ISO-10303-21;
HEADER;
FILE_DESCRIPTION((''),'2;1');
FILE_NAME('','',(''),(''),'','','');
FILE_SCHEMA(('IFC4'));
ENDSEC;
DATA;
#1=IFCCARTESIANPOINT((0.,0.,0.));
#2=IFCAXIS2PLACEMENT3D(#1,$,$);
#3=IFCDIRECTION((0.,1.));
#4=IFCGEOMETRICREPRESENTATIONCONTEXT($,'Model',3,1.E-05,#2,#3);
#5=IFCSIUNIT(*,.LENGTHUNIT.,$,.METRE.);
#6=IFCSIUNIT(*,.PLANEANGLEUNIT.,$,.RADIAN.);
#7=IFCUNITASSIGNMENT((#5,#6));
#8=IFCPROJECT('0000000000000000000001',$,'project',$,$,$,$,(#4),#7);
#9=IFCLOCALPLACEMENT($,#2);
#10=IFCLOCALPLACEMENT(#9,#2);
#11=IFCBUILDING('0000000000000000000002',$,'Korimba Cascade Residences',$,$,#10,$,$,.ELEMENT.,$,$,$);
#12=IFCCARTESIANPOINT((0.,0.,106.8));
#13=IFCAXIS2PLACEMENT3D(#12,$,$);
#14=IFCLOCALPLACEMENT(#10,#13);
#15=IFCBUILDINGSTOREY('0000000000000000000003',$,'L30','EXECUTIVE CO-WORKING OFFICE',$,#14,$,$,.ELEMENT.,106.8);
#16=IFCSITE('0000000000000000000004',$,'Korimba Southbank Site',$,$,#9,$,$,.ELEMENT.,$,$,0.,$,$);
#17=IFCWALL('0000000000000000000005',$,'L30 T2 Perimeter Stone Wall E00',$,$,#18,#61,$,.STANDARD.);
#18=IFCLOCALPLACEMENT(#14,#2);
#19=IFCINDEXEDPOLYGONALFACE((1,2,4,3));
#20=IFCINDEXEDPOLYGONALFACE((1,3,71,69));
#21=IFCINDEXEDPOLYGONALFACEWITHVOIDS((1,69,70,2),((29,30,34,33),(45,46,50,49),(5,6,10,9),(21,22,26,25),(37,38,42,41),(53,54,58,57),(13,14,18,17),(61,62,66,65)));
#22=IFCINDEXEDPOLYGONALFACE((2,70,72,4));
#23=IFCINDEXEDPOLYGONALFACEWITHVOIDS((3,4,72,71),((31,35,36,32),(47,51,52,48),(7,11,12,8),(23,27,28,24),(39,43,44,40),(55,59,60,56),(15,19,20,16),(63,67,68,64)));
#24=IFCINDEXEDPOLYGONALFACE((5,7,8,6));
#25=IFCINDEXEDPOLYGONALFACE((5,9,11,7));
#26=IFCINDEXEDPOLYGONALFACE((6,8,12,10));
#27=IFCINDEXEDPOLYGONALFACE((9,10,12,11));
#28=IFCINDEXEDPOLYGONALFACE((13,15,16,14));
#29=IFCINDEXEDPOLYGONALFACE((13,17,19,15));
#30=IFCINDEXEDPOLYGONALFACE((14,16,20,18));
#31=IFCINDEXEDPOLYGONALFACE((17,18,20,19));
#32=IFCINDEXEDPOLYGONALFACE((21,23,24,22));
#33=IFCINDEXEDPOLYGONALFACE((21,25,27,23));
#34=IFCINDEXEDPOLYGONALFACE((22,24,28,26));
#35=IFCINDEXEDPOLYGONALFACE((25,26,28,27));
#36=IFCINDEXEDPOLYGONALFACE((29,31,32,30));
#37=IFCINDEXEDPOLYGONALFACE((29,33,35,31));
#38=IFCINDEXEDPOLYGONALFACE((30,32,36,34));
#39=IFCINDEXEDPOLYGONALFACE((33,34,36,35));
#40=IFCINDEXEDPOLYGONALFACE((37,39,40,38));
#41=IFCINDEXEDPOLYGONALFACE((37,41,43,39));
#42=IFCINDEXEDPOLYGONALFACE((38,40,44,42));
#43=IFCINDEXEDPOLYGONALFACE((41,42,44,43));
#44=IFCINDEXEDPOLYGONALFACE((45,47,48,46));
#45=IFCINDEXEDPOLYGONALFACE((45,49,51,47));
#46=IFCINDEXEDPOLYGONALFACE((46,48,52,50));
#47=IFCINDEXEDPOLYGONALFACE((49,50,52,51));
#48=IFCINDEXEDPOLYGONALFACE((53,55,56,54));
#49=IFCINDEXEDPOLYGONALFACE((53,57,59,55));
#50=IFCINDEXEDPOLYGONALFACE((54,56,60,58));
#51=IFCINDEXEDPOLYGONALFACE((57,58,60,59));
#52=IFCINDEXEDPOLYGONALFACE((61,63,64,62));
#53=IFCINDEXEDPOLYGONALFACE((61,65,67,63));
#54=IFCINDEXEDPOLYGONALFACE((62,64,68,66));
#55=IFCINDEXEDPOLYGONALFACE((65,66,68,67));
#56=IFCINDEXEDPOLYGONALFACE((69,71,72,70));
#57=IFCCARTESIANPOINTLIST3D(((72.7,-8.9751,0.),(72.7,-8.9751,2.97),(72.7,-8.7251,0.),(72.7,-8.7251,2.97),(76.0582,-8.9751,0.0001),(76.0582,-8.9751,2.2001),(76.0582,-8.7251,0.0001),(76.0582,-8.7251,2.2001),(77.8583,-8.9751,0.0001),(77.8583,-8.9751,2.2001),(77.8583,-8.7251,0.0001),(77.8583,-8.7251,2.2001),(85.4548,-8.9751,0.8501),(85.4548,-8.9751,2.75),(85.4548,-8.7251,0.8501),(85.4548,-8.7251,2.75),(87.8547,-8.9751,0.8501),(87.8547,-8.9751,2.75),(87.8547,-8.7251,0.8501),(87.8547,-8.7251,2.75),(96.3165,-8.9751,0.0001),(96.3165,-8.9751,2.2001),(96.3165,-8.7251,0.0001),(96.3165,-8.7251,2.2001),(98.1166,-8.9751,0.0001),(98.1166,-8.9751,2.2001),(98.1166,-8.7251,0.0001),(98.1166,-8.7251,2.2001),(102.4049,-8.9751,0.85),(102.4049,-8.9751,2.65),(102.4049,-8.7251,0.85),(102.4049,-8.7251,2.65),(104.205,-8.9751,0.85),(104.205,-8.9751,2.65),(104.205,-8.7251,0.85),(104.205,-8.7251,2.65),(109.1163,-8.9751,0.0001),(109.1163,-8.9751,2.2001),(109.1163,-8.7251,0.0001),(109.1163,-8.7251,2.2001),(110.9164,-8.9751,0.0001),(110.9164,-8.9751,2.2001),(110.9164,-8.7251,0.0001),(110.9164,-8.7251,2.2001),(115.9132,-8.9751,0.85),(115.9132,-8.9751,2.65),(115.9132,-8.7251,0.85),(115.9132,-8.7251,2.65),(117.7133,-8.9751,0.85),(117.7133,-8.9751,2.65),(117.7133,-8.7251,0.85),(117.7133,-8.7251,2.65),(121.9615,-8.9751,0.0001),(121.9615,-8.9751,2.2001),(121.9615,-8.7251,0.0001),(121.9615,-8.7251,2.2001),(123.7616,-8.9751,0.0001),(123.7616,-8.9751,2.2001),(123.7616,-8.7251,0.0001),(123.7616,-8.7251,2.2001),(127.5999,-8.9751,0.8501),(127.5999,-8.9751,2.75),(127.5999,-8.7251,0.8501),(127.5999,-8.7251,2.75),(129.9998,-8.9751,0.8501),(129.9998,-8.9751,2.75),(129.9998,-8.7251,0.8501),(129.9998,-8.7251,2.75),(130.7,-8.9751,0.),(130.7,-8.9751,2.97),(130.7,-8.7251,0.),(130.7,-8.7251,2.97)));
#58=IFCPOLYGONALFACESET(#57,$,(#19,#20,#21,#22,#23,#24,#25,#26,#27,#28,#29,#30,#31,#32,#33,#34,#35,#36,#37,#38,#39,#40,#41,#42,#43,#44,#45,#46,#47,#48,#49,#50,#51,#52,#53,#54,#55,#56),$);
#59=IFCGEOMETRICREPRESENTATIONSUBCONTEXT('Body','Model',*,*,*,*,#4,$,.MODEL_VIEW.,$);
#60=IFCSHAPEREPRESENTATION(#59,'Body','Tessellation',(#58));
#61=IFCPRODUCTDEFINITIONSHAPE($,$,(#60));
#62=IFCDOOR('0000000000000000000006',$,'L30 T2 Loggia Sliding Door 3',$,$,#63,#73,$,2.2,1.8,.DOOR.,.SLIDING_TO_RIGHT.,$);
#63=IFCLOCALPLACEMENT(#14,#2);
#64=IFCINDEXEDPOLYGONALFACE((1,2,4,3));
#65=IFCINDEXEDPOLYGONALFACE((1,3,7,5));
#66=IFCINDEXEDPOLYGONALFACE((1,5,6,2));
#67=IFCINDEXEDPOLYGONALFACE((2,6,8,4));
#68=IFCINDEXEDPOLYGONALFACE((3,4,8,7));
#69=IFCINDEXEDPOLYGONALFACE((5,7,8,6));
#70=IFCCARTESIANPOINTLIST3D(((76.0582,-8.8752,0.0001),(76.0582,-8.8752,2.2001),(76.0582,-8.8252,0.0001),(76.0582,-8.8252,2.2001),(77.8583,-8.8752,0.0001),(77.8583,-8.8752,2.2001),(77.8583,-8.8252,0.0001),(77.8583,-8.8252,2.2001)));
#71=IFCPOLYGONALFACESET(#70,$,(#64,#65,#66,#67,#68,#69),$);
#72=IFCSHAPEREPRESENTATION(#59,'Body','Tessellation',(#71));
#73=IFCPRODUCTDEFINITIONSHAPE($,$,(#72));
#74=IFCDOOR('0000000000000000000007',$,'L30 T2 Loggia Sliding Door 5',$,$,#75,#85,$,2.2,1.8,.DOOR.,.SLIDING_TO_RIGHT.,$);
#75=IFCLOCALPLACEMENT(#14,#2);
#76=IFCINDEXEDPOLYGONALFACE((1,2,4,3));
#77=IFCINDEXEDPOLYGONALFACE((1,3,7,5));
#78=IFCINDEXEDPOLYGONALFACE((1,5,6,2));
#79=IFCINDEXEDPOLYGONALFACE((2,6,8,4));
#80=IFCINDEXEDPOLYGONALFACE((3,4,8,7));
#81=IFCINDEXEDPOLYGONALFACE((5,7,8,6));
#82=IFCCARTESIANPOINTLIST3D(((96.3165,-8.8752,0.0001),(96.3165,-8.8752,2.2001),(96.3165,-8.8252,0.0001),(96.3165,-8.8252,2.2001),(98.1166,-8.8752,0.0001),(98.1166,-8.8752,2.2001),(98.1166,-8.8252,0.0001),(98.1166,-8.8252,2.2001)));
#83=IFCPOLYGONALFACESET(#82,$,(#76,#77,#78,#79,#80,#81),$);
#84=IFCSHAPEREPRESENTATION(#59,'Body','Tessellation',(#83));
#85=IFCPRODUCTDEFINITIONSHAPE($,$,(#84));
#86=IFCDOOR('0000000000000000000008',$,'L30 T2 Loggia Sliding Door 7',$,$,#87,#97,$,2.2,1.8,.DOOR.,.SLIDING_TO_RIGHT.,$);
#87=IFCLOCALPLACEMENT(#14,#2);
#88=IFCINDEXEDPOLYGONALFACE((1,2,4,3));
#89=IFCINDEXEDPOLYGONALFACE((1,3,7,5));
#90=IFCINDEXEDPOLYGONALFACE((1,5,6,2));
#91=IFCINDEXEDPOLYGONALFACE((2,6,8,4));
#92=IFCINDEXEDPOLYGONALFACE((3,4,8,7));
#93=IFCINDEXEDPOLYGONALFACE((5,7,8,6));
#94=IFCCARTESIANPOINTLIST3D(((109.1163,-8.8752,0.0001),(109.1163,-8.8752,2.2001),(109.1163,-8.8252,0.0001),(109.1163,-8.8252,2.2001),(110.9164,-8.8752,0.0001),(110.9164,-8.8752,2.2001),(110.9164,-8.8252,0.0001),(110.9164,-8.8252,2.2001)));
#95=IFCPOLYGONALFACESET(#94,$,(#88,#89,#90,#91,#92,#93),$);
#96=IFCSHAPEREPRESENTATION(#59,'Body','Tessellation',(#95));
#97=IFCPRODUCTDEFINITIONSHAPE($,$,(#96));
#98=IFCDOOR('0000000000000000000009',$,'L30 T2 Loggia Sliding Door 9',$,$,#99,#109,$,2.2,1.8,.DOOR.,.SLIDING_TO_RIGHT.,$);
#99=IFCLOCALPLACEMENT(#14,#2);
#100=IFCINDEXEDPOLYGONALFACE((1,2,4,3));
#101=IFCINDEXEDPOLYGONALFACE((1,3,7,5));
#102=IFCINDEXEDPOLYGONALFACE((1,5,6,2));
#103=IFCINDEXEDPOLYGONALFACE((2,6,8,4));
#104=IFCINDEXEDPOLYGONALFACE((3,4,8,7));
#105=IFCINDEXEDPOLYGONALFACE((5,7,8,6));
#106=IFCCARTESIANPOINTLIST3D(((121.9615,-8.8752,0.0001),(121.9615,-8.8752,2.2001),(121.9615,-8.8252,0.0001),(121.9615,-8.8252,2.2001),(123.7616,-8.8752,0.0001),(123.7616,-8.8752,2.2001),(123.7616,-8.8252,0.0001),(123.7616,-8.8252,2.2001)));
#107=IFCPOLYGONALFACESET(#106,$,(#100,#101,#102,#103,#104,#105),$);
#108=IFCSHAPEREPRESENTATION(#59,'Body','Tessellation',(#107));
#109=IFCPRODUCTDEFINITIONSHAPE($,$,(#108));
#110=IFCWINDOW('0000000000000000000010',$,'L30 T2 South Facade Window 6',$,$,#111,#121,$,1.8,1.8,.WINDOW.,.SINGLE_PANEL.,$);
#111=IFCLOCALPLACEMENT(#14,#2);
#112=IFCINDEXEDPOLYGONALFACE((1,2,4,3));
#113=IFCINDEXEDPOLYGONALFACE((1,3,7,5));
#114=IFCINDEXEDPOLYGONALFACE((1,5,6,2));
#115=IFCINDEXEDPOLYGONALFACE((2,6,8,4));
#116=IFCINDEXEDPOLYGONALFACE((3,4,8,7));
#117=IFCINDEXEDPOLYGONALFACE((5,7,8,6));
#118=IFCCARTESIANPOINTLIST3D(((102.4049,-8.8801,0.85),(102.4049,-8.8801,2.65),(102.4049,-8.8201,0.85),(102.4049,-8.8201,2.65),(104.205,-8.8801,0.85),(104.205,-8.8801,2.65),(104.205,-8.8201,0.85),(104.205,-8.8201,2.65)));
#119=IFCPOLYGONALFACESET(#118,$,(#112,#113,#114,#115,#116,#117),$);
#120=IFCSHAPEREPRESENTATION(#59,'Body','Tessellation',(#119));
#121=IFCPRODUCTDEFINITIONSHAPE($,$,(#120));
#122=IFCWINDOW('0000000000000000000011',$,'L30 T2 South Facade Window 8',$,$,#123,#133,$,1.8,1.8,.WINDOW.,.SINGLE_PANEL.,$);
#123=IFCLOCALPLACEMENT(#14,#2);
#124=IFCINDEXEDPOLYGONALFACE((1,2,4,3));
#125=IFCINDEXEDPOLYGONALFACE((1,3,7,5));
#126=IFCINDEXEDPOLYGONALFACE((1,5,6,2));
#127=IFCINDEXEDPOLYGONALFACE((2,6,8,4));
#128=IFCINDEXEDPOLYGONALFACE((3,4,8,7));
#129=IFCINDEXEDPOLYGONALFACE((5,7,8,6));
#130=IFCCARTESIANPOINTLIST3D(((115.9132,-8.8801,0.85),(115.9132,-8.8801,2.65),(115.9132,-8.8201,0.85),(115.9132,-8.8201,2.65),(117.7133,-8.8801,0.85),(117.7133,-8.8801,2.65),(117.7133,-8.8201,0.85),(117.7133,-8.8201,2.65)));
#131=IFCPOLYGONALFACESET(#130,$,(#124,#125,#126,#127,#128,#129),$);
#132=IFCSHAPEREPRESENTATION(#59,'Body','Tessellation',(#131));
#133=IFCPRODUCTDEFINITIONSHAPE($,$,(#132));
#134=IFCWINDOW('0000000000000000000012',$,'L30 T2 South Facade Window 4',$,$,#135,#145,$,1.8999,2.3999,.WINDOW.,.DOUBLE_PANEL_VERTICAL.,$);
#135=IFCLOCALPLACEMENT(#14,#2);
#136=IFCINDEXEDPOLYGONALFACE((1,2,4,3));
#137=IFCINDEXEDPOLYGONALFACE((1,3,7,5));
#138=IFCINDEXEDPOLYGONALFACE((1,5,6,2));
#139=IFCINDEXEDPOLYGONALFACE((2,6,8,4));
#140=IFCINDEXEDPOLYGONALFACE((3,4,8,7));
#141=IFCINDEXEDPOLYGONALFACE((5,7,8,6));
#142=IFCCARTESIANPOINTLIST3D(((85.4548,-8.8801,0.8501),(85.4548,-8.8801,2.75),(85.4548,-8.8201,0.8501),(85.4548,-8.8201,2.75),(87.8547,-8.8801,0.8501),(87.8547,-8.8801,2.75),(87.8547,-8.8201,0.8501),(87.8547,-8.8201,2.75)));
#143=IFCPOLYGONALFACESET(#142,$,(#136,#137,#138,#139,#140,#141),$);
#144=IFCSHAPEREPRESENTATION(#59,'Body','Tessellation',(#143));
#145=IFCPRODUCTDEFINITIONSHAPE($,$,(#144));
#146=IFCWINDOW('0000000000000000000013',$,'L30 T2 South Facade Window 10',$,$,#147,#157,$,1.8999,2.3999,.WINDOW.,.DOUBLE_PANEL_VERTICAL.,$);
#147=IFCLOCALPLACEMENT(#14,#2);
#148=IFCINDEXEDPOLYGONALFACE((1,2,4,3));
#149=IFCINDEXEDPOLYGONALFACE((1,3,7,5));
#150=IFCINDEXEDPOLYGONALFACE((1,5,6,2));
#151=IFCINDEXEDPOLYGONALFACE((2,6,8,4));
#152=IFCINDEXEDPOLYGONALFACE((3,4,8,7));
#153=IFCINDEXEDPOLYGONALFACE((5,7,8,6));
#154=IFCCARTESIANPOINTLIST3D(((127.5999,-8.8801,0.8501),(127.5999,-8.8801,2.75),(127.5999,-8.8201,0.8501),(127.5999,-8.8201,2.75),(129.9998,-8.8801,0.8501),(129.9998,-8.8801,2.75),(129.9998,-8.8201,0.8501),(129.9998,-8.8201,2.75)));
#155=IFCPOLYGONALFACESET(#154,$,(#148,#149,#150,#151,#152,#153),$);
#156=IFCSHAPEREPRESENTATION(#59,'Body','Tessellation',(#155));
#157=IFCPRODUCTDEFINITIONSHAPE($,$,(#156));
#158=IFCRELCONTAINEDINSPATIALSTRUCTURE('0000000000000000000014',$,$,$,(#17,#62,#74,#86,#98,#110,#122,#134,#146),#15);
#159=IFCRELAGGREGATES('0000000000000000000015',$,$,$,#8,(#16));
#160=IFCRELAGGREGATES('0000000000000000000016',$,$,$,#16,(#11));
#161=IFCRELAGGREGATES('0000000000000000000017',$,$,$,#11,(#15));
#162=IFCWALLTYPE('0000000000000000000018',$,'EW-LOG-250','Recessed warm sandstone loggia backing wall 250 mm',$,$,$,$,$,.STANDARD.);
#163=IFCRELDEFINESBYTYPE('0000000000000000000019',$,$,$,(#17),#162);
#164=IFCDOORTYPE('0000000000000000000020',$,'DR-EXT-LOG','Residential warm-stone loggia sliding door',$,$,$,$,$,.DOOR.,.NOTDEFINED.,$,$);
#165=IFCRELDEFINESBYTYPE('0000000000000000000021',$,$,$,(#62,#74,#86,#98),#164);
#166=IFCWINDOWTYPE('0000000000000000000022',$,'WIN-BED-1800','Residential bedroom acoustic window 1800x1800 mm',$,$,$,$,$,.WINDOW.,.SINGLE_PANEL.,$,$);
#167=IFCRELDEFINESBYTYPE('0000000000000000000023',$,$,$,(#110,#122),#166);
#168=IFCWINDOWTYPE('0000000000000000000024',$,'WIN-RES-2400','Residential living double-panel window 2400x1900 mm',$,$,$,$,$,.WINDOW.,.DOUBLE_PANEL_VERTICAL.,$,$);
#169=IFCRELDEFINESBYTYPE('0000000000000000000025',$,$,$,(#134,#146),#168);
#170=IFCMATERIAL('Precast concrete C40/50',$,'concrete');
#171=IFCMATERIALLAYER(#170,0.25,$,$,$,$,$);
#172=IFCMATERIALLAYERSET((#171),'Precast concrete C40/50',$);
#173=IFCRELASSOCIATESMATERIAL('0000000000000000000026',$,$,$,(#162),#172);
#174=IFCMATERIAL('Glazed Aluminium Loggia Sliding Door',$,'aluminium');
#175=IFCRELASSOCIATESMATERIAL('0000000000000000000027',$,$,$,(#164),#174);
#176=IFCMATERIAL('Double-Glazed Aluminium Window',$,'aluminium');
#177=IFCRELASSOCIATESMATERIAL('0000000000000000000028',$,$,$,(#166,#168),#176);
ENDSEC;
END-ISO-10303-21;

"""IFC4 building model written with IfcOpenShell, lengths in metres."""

from ifc_helpers import new_model, si_unit, direction, frame, frame_2d, origin, place, context, subcontext, project, spatial, rectangle, extrude, material, layer, layer_set, type_object, element, fill, save


model = new_model("IFC4")

# Units and contexts
model_context = context("Model", 3, precision=1e-05, world=origin(), true_north=direction((0.0, 1.0)))
body_context = subcontext(model_context, "Body", "Model", "MODEL_VIEW")
ifc_project = project(units=[si_unit("LENGTHUNIT", "METRE"), si_unit("PLANEANGLEUNIT", "RADIAN")], contexts=[model_context])

# Site, building, storey
site_placement = place(None, origin())
site = spatial("IfcSite", under=ifc_project, at=site_placement, Name="Korimba Southbank Site", CompositionType="ELEMENT", RefElevation=0.0)
building_placement = place(site_placement, origin())
building = spatial("IfcBuilding", under=site, at=building_placement, Name="Korimba Cascade Residences", CompositionType="ELEMENT")
storey_placement = place(building_placement, frame((0.0, 0.0, 106.8)))
storey = spatial("IfcBuildingStorey", under=building, at=storey_placement, Name="L30", Description="EXECUTIVE CO-WORKING OFFICE", CompositionType="ELEMENT", Elevation=106.8)

# Wall, openings, doors, windows
ifc_material_1 = material(Name="Precast concrete C40/50", Category="concrete")
ifc_layer_1 = layer(ifc_material_1, 0.25)
ifc_layer_set_1 = layer_set([ifc_layer_1], Name="Precast concrete C40/50")
wall_type_1 = type_object("IfcWallType", Name="EW-LOG-250", Description="Recessed warm sandstone loggia backing wall 250 mm", PredefinedType="STANDARD", material=ifc_layer_set_1)
wall_1_placement = place(storey_placement, frame((72.7, -8.8501, 0.0), z_axis=(0.0, 0.0, 1.0), x_axis=(1.0, 0.0, 0.0)))
wall_1 = element("IfcWall", 1, at=wall_1_placement, inside=storey, type_object=wall_type_1, Name="L30 T2 Perimeter Stone Wall E00", PredefinedType="STANDARD", context=body_context, shape_type="SweptSolid", body=[
    extrude(rectangle(XDim=58.0, YDim=0.25, at=frame_2d((29.0, 0.0))), origin(), (0.0, 0.0, 1.0), 2.97),
])
opening_1_placement = place(wall_1_placement, frame((3.3584, 0.0, 0.0)))
opening_1 = element("IfcOpeningElement", 2, at=opening_1_placement, cuts=wall_1, PredefinedType="OPENING", context=body_context, shape_type="SweptSolid", body=[
    extrude(rectangle(XDim=1.8, YDim=2.2, at=frame_2d((0.8999, 1.1001))), frame((0.0, 0.135, 0.0), z_axis=(0.0, -1.0, 0.0), x_axis=(1.0, 0.0, 0.0)), (0.0, 0.0, 1.0), 0.27),
])
opening_2_placement = place(wall_1_placement, frame((12.7549, 0.0, 0.8501)))
opening_2 = element("IfcOpeningElement", 3, at=opening_2_placement, cuts=wall_1, PredefinedType="OPENING", context=body_context, shape_type="SweptSolid", body=[
    extrude(rectangle(XDim=2.3999, YDim=1.8999, at=frame_2d((1.2, 0.95))), frame((0.0, 0.135, 0.0), z_axis=(0.0, -1.0, 0.0), x_axis=(1.0, 0.0, 0.0)), (0.0, 0.0, 1.0), 0.27),
])
opening_3_placement = place(wall_1_placement, frame((23.6167, 0.0, 0.0)))
opening_3 = element("IfcOpeningElement", 4, at=opening_3_placement, cuts=wall_1, PredefinedType="OPENING", context=body_context, shape_type="SweptSolid", body=[
    extrude(rectangle(XDim=1.8, YDim=2.2, at=frame_2d((0.8999, 1.1001))), frame((0.0, 0.135, 0.0), z_axis=(0.0, -1.0, 0.0), x_axis=(1.0, 0.0, 0.0)), (0.0, 0.0, 1.0), 0.27),
])
opening_4_placement = place(wall_1_placement, frame((29.7051, 0.0, 0.8501)))
opening_4 = element("IfcOpeningElement", 5, at=opening_4_placement, cuts=wall_1, PredefinedType="OPENING", context=body_context, shape_type="SweptSolid", body=[
    extrude(rectangle(XDim=1.8, YDim=1.8, at=frame_2d((0.8999, 0.8999))), frame((0.0, 0.135, 0.0), z_axis=(0.0, -1.0, 0.0), x_axis=(1.0, 0.0, 0.0)), (0.0, 0.0, 1.0), 0.27),
])
opening_5_placement = place(wall_1_placement, frame((36.4165, 0.0, 0.0)))
opening_5 = element("IfcOpeningElement", 6, at=opening_5_placement, cuts=wall_1, PredefinedType="OPENING", context=body_context, shape_type="SweptSolid", body=[
    extrude(rectangle(XDim=1.8, YDim=2.2, at=frame_2d((0.8999, 1.1001))), frame((0.0, 0.135, 0.0), z_axis=(0.0, -1.0, 0.0), x_axis=(1.0, 0.0, 0.0)), (0.0, 0.0, 1.0), 0.27),
])
opening_6_placement = place(wall_1_placement, frame((43.2134, 0.0, 0.8501)))
opening_6 = element("IfcOpeningElement", 7, at=opening_6_placement, cuts=wall_1, PredefinedType="OPENING", context=body_context, shape_type="SweptSolid", body=[
    extrude(rectangle(XDim=1.8, YDim=1.8, at=frame_2d((0.8999, 0.8999))), frame((0.0, 0.135, 0.0), z_axis=(0.0, -1.0, 0.0), x_axis=(1.0, 0.0, 0.0)), (0.0, 0.0, 1.0), 0.27),
])
opening_7_placement = place(wall_1_placement, frame((49.2617, 0.0, 0.0)))
opening_7 = element("IfcOpeningElement", 8, at=opening_7_placement, cuts=wall_1, PredefinedType="OPENING", context=body_context, shape_type="SweptSolid", body=[
    extrude(rectangle(XDim=1.8, YDim=2.2, at=frame_2d((0.8999, 1.1001))), frame((0.0, 0.135, 0.0), z_axis=(0.0, -1.0, 0.0), x_axis=(1.0, 0.0, 0.0)), (0.0, 0.0, 1.0), 0.27),
])
opening_8_placement = place(wall_1_placement, frame((54.8999, 0.0, 0.8501)))
opening_8 = element("IfcOpeningElement", 9, at=opening_8_placement, cuts=wall_1, PredefinedType="OPENING", context=body_context, shape_type="SweptSolid", body=[
    extrude(rectangle(XDim=2.3999, YDim=1.8999, at=frame_2d((1.2, 0.95))), frame((0.0, 0.135, 0.0), z_axis=(0.0, -1.0, 0.0), x_axis=(1.0, 0.0, 0.0)), (0.0, 0.0, 1.0), 0.27),
])
ifc_material_2 = material(Name="Glazed Aluminium Loggia Sliding Door", Category="aluminium")
door_type_1 = type_object("IfcDoorType", Name="DR-EXT-LOG", Description="Residential warm-stone loggia sliding door", OperationType="NOTDEFINED", PredefinedType="DOOR", material=ifc_material_2)
door_1_placement = place(opening_1_placement, origin())
door_1 = element("IfcDoor", 10, at=door_1_placement, inside=storey, type_object=door_type_1, Name="L30 T2 Loggia Sliding Door 3", OperationType="SLIDING_TO_RIGHT", OverallHeight=2.2, OverallWidth=1.8, PredefinedType="DOOR", context=body_context, shape_type="SweptSolid", body=[
    extrude(rectangle(XDim=1.8, YDim=2.2, at=frame_2d((0.8999, 1.1001))), frame((0.0, 0.0249, 0.0), z_axis=(0.0, -1.0, 0.0), x_axis=(1.0, 0.0, 0.0)), (0.0, 0.0, 1.0), 0.05),
])
fill(opening_1, door_1)
door_2_placement = place(opening_3_placement, origin())
door_2 = element("IfcDoor", 11, at=door_2_placement, inside=storey, type_object=door_type_1, Name="L30 T2 Loggia Sliding Door 5", OperationType="SLIDING_TO_RIGHT", OverallHeight=2.2, OverallWidth=1.8, PredefinedType="DOOR", context=body_context, shape_type="SweptSolid", body=[
    extrude(rectangle(XDim=1.8, YDim=2.2, at=frame_2d((0.8999, 1.1001))), frame((0.0, 0.0249, 0.0), z_axis=(0.0, -1.0, 0.0), x_axis=(1.0, 0.0, 0.0)), (0.0, 0.0, 1.0), 0.05),
])
fill(opening_3, door_2)
door_3_placement = place(opening_5_placement, origin())
door_3 = element("IfcDoor", 12, at=door_3_placement, inside=storey, type_object=door_type_1, Name="L30 T2 Loggia Sliding Door 7", OperationType="SLIDING_TO_RIGHT", OverallHeight=2.2, OverallWidth=1.8, PredefinedType="DOOR", context=body_context, shape_type="SweptSolid", body=[
    extrude(rectangle(XDim=1.8, YDim=2.2, at=frame_2d((0.8999, 1.1001))), frame((0.0, 0.0249, 0.0), z_axis=(0.0, -1.0, 0.0), x_axis=(1.0, 0.0, 0.0)), (0.0, 0.0, 1.0), 0.05),
])
fill(opening_5, door_3)
door_4_placement = place(opening_7_placement, origin())
door_4 = element("IfcDoor", 13, at=door_4_placement, inside=storey, type_object=door_type_1, Name="L30 T2 Loggia Sliding Door 9", OperationType="SLIDING_TO_RIGHT", OverallHeight=2.2, OverallWidth=1.8, PredefinedType="DOOR", context=body_context, shape_type="SweptSolid", body=[
    extrude(rectangle(XDim=1.8, YDim=2.2, at=frame_2d((0.8999, 1.1001))), frame((0.0, 0.0249, 0.0), z_axis=(0.0, -1.0, 0.0), x_axis=(1.0, 0.0, 0.0)), (0.0, 0.0, 1.0), 0.05),
])
fill(opening_7, door_4)
ifc_material_3 = material(Name="Double-Glazed Aluminium Window", Category="aluminium")
window_type_1 = type_object("IfcWindowType", Name="WIN-BED-1800", Description="Residential bedroom acoustic window 1800x1800 mm", PartitioningType="SINGLE_PANEL", PredefinedType="WINDOW", material=ifc_material_3)
window_1_placement = place(opening_4_placement, origin())
window_1 = element("IfcWindow", 14, at=window_1_placement, inside=storey, type_object=window_type_1, Name="L30 T2 South Facade Window 6", OverallHeight=1.8, OverallWidth=1.8, PartitioningType="SINGLE_PANEL", PredefinedType="WINDOW", context=body_context, shape_type="SweptSolid", body=[
    extrude(rectangle(XDim=1.8, YDim=1.8, at=frame_2d((0.8999, 0.8999))), frame((0.0, 0.03, 0.0), z_axis=(0.0, -1.0, 0.0), x_axis=(1.0, 0.0, 0.0)), (0.0, 0.0, 1.0), 0.0601),
])
fill(opening_4, window_1)
window_2_placement = place(opening_6_placement, origin())
window_2 = element("IfcWindow", 15, at=window_2_placement, inside=storey, type_object=window_type_1, Name="L30 T2 South Facade Window 8", OverallHeight=1.8, OverallWidth=1.8, PartitioningType="SINGLE_PANEL", PredefinedType="WINDOW", context=body_context, shape_type="SweptSolid", body=[
    extrude(rectangle(XDim=1.8, YDim=1.8, at=frame_2d((0.8999, 0.8999))), frame((0.0, 0.03, 0.0), z_axis=(0.0, -1.0, 0.0), x_axis=(1.0, 0.0, 0.0)), (0.0, 0.0, 1.0), 0.0601),
])
fill(opening_6, window_2)
window_type_2 = type_object("IfcWindowType", Name="WIN-RES-2400", Description="Residential living double-panel window 2400x1900 mm", PartitioningType="DOUBLE_PANEL_VERTICAL", PredefinedType="WINDOW", material=ifc_material_3)
window_3_placement = place(opening_2_placement, origin())
window_3 = element("IfcWindow", 16, at=window_3_placement, inside=storey, type_object=window_type_2, Name="L30 T2 South Facade Window 4", OverallHeight=1.8999, OverallWidth=2.3999, PartitioningType="DOUBLE_PANEL_VERTICAL", PredefinedType="WINDOW", context=body_context, shape_type="SweptSolid", body=[
    extrude(rectangle(XDim=2.3999, YDim=1.8999, at=frame_2d((1.2, 0.95))), frame((0.0, 0.03, 0.0), z_axis=(0.0, -1.0, 0.0), x_axis=(1.0, 0.0, 0.0)), (0.0, 0.0, 1.0), 0.0601),
])
fill(opening_2, window_3)
window_4_placement = place(opening_8_placement, origin())
window_4 = element("IfcWindow", 17, at=window_4_placement, inside=storey, type_object=window_type_2, Name="L30 T2 South Facade Window 10", OverallHeight=1.8999, OverallWidth=2.3999, PartitioningType="DOUBLE_PANEL_VERTICAL", PredefinedType="WINDOW", context=body_context, shape_type="SweptSolid", body=[
    extrude(rectangle(XDim=2.3999, YDim=1.8999, at=frame_2d((1.2, 0.95))), frame((0.0, 0.03, 0.0), z_axis=(0.0, -1.0, 0.0), x_axis=(1.0, 0.0, 0.0)), (0.0, 0.0, 1.0), 0.0601),
])
fill(opening_8, window_4)

save(model, "model.ifc")
